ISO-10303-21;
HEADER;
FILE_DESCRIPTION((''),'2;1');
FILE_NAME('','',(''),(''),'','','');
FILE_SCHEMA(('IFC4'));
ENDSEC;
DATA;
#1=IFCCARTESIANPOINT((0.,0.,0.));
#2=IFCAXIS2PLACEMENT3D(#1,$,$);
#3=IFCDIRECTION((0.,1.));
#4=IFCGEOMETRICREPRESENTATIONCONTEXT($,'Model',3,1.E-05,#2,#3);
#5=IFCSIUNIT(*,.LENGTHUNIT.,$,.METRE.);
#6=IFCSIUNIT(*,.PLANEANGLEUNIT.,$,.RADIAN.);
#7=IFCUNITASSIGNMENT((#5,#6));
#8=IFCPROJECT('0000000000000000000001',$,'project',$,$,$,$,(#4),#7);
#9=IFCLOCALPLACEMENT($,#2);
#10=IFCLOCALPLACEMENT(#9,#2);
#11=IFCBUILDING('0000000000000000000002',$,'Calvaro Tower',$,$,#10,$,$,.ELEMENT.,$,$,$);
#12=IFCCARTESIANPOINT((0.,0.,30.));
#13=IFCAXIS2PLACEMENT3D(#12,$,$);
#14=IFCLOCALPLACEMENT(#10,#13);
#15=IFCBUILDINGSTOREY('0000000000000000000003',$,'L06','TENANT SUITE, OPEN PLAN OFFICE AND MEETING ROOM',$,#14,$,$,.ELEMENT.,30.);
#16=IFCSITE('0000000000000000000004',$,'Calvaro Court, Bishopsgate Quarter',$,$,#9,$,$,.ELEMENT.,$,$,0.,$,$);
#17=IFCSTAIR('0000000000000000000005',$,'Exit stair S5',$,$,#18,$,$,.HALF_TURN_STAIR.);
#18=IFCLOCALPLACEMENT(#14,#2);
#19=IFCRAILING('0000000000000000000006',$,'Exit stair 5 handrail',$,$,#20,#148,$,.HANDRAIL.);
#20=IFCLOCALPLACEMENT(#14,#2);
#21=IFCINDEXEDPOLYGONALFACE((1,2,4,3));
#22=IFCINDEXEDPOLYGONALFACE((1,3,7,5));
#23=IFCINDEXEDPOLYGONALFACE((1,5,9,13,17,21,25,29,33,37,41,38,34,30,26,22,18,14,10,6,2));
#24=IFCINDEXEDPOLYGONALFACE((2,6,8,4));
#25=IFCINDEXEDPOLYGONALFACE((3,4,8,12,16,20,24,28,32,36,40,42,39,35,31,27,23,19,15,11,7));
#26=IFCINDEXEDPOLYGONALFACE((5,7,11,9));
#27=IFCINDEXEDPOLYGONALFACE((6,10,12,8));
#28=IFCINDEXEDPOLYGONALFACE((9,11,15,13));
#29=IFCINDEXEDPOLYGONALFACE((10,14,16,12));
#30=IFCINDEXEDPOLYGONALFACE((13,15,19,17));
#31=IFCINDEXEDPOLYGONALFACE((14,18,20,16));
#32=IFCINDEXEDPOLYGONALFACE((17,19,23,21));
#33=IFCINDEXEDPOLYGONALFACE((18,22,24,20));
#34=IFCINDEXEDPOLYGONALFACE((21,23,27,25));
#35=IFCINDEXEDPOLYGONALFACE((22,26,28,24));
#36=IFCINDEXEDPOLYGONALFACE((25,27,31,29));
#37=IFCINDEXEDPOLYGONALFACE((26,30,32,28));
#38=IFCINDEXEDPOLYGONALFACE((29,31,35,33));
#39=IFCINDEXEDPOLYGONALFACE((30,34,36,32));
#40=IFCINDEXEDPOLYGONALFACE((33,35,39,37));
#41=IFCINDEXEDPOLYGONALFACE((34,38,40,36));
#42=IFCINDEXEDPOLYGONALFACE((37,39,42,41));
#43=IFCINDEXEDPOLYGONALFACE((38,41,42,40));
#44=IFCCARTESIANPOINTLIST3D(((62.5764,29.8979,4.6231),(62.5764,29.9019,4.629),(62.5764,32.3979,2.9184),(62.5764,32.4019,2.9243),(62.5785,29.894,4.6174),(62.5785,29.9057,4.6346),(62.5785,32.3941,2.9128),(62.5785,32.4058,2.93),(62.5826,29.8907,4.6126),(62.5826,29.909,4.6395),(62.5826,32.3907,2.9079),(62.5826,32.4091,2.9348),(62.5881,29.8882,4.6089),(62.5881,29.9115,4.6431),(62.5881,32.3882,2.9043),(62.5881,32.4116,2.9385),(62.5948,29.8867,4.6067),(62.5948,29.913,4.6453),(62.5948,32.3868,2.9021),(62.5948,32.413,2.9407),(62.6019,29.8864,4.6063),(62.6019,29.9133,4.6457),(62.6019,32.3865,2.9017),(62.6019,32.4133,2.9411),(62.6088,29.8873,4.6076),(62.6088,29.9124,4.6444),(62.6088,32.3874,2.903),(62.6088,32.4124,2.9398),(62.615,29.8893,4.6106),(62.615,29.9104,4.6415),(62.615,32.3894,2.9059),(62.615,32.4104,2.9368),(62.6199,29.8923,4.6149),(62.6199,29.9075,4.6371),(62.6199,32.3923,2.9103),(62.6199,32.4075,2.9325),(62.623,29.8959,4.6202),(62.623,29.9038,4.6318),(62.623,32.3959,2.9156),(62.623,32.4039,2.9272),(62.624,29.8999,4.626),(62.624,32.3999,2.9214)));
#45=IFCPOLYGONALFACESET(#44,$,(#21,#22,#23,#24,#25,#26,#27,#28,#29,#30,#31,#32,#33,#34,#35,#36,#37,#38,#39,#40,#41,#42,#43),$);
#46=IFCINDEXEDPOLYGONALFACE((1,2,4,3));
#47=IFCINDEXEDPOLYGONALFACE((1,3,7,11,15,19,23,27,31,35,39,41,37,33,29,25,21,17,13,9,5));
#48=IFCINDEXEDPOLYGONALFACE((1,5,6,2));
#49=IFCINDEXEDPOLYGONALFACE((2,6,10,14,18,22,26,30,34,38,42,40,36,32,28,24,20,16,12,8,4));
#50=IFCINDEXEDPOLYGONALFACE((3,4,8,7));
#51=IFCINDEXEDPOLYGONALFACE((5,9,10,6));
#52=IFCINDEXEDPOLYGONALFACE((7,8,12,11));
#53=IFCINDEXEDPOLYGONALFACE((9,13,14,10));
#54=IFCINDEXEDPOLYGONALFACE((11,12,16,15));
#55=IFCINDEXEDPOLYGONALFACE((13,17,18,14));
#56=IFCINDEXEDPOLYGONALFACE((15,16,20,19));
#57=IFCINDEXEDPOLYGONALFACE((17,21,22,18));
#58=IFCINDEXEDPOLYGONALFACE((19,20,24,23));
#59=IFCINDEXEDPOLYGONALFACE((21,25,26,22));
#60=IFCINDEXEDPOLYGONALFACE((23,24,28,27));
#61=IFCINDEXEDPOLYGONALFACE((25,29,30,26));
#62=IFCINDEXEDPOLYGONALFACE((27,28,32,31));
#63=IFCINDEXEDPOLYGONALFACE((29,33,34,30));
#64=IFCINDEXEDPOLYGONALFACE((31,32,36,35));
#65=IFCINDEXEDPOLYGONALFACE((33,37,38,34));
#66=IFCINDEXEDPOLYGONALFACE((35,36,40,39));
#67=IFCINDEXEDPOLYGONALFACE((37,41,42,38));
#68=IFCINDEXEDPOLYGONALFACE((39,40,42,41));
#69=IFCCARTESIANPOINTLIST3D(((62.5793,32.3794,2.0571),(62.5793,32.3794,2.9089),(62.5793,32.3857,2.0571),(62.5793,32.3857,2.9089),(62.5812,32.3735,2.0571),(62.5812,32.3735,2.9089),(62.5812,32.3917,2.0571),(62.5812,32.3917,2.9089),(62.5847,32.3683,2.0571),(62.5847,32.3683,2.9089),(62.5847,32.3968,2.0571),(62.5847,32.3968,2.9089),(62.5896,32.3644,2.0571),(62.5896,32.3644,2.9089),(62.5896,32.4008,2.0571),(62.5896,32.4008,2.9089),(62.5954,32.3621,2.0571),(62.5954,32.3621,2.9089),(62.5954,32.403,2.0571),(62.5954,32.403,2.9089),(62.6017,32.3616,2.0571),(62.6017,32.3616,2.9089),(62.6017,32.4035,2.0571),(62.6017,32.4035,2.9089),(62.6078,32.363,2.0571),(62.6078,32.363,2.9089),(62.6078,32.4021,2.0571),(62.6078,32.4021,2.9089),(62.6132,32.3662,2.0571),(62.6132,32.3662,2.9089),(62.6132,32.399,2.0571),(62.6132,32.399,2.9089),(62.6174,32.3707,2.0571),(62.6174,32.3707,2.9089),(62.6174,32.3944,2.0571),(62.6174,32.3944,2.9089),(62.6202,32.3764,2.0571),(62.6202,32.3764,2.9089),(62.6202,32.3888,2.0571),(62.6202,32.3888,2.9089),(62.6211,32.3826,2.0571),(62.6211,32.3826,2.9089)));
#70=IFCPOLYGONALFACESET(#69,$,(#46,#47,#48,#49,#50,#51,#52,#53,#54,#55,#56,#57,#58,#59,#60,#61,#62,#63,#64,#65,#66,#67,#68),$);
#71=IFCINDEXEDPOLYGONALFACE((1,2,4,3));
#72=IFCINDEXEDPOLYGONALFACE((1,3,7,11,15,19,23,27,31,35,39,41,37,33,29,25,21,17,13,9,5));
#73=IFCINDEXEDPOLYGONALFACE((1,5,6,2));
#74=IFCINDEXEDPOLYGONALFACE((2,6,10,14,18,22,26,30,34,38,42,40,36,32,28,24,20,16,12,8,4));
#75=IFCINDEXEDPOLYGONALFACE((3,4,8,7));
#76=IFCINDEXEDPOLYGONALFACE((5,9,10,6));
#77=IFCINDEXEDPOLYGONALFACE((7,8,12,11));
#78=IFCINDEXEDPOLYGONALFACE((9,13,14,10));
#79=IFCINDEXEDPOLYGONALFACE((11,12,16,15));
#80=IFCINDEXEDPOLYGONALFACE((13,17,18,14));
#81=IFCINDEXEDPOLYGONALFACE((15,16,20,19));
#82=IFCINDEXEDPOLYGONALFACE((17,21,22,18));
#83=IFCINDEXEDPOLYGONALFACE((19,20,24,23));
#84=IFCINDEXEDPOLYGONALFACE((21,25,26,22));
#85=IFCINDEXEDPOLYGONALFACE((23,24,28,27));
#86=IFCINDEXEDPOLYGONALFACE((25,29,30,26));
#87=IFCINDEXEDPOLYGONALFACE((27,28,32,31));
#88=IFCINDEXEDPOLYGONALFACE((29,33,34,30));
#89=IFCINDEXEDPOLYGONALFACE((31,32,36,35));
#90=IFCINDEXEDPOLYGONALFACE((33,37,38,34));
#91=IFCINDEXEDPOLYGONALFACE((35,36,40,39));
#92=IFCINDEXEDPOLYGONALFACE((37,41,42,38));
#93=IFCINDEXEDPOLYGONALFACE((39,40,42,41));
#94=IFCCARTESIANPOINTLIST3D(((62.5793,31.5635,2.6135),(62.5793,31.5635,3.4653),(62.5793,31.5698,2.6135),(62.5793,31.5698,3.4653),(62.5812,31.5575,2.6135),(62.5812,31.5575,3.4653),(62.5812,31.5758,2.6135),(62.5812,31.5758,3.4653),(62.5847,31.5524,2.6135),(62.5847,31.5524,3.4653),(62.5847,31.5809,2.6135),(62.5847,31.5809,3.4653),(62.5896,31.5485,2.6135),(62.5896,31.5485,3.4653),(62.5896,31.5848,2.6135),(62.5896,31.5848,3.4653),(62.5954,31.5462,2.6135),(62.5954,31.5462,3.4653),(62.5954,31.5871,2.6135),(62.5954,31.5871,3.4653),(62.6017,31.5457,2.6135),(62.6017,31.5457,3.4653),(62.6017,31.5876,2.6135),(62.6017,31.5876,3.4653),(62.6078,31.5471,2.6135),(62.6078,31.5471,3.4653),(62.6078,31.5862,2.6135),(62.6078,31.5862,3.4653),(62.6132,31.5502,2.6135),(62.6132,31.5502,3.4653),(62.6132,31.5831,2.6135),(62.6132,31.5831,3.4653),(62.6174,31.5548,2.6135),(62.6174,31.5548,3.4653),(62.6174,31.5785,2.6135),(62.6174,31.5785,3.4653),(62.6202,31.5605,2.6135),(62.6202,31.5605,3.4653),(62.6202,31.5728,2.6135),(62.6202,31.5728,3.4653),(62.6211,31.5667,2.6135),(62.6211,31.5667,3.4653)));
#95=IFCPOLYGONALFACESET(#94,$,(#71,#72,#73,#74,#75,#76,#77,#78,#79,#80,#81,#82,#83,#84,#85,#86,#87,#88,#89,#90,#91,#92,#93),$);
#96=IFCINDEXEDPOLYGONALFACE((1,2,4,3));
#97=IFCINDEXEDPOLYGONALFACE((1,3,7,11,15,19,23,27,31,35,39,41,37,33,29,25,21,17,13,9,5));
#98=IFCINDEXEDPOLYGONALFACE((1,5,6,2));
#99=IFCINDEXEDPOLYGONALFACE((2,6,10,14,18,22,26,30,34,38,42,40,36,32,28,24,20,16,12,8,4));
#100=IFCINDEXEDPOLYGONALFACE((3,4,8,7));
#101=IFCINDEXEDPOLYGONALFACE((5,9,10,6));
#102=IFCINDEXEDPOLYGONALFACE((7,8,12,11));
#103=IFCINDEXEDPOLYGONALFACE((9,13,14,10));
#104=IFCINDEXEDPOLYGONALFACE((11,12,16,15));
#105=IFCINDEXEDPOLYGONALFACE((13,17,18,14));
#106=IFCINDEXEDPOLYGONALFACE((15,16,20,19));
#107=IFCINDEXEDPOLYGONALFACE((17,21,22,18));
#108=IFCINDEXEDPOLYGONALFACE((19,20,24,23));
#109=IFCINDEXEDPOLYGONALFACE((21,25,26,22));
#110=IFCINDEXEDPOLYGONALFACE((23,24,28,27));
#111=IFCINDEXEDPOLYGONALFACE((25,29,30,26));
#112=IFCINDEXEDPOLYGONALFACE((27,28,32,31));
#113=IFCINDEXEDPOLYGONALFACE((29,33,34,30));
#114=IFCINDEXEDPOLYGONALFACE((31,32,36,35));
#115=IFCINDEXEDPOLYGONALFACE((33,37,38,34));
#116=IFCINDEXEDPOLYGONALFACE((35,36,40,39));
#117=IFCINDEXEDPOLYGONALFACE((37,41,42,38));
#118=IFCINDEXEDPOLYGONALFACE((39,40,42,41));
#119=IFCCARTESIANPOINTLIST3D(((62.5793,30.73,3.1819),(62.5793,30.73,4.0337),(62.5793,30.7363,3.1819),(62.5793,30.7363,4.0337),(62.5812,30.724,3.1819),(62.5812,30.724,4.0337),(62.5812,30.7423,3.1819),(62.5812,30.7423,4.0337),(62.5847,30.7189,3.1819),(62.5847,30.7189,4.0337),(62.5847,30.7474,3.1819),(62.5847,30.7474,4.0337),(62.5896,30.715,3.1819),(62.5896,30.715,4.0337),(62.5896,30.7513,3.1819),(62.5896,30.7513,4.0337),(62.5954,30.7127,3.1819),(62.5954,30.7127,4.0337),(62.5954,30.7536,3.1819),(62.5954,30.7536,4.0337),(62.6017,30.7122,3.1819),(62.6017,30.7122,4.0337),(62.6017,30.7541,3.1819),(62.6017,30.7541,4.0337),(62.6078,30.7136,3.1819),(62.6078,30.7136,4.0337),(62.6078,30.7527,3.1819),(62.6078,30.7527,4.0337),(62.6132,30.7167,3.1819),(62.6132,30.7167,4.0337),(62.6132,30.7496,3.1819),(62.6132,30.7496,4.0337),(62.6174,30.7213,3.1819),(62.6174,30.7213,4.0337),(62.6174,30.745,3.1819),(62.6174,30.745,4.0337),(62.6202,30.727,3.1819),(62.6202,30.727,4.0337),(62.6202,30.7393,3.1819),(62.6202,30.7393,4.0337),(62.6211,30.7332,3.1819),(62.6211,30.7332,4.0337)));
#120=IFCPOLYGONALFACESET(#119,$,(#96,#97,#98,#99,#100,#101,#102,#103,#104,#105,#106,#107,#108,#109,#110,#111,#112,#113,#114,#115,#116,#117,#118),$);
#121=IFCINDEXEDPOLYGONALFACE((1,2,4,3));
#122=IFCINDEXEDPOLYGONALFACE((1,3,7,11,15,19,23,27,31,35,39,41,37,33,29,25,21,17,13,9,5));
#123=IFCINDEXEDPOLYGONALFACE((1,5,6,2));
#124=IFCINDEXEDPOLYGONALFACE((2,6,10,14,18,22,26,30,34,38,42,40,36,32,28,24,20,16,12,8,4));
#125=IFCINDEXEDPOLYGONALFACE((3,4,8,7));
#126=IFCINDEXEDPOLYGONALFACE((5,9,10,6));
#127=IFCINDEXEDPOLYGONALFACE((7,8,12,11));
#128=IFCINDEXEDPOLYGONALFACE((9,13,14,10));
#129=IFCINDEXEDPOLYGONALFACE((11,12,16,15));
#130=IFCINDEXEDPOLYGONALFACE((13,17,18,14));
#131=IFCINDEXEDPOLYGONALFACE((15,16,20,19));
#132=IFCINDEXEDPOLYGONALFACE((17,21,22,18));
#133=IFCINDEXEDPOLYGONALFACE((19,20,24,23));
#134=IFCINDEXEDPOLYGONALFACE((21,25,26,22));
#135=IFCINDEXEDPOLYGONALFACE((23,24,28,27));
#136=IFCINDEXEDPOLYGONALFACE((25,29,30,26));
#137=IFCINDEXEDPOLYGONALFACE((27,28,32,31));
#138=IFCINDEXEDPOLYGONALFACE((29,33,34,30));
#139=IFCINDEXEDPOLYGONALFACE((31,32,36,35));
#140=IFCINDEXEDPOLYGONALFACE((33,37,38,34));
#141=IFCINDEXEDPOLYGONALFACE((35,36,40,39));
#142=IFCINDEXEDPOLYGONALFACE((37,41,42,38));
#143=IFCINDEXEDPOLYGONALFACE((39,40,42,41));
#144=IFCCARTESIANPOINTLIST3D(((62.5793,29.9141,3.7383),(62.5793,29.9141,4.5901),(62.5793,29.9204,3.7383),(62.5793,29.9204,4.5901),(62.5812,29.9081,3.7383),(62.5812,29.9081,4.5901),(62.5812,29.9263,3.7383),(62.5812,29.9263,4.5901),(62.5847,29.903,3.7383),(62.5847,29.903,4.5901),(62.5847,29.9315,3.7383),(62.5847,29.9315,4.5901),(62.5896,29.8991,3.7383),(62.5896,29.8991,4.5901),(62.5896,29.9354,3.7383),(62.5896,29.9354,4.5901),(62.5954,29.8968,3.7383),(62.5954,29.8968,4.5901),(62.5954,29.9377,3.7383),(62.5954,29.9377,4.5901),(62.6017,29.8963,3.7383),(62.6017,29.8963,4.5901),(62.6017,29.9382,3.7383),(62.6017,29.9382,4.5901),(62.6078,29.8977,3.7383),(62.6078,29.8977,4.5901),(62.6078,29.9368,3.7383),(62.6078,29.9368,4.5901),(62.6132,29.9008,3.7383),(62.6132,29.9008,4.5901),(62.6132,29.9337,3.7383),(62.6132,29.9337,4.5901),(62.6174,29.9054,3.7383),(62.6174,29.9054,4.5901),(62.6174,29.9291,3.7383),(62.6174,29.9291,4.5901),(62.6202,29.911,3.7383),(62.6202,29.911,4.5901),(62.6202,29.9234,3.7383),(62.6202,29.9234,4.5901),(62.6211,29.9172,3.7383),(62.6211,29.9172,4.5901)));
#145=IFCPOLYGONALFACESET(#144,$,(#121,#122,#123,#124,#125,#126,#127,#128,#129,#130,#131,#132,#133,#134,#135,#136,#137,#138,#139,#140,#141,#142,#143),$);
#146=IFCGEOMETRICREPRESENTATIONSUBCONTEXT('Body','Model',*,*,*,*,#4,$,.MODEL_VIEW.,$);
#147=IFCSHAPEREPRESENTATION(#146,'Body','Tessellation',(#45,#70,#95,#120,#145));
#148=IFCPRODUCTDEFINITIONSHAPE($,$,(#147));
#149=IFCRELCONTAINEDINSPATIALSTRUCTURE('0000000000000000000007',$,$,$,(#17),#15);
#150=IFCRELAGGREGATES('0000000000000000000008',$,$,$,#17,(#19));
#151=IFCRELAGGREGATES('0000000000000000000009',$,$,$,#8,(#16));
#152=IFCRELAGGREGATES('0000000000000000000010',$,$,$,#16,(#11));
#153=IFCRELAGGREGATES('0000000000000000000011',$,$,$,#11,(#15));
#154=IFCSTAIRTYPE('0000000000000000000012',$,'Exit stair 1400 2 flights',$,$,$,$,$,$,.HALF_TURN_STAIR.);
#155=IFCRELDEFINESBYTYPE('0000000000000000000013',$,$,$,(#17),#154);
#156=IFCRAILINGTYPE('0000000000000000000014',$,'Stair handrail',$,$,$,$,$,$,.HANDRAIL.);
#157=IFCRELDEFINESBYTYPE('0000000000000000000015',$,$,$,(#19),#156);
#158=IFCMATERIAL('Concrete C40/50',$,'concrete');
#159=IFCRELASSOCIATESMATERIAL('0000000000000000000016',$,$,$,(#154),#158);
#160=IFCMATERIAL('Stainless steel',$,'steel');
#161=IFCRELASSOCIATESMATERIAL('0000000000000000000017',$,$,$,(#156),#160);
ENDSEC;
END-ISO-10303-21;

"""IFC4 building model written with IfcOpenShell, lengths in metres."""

from ifc_helpers import new_model, si_unit, direction, frame, origin, origin_2d, place, context, subcontext, project, spatial, circle, extrude, material, type_object, element, aggregate, save


model = new_model("IFC4")

# Units and contexts
model_context = context("Model", 3, precision=1e-05, world=origin(), true_north=direction((0.0, 1.0)))
body_context = subcontext(model_context, "Body", "Model", "MODEL_VIEW")
ifc_project = project(units=[si_unit("LENGTHUNIT", "METRE"), si_unit("PLANEANGLEUNIT", "RADIAN")], contexts=[model_context])

# Site, building, storey
site_placement = place(None, origin())
site = spatial("IfcSite", under=ifc_project, at=site_placement, Name="Calvaro Court, Bishopsgate Quarter", CompositionType="ELEMENT", RefElevation=0.0)
building_placement = place(site_placement, origin())
building = spatial("IfcBuilding", under=site, at=building_placement, Name="Calvaro Tower", CompositionType="ELEMENT")
storey_placement = place(building_placement, frame((0.0, 0.0, 30.0)))
storey = spatial("IfcBuildingStorey", under=building, at=storey_placement, Name="L06", Description="TENANT SUITE, OPEN PLAN OFFICE AND MEETING ROOM", CompositionType="ELEMENT", Elevation=30.0)

# Stair
ifc_material_1 = material(Name="Concrete C40/50", Category="concrete")
stair_type = type_object("IfcStairType", Name="Exit stair 1400 2 flights", PredefinedType="HALF_TURN_STAIR", material=ifc_material_1)
stair_1_placement = place(storey_placement, origin())
stair_1 = element("IfcStair", 1, at=stair_1_placement, inside=storey, type_object=stair_type, Name="Exit stair S5", PredefinedType="HALF_TURN_STAIR")

# Shared definitions
ifc_material_2 = material(Name="Stainless steel", Category="steel")
railing_type = type_object("IfcRailingType", Name="Stair handrail", PredefinedType="HANDRAIL", material=ifc_material_2)

# Railing
railing_1_placement = place(storey_placement, frame((62.6001, 32.3999, 2.0454)))
railing_1 = element("IfcRailing", 2, at=railing_1_placement, type_object=railing_type, Name="Exit stair 5 handrail", PredefinedType="HANDRAIL", context=body_context, shape_type="SweptSolid", body=[
    extrude(circle(Radius=0.0239, at=origin_2d()), frame((0.0, 0.0, 0.876), z_axis=(0.0, -0.826221, 0.563347), x_axis=(1.0, 0.0, 0.0)), (0.0, 0.0, 1.0), 3.0259),
    extrude(circle(Radius=0.021, at=origin_2d()), frame((0.0, -0.0173, 0.0117)), (0.0, 0.0, 1.0), 0.8518),
    extrude(circle(Radius=0.021, at=origin_2d()), frame((0.0, -0.8333, 0.5681)), (0.0, 0.0, 1.0), 0.8518),
    extrude(circle(Radius=0.021, at=origin_2d()), frame((0.0, -1.6667, 1.1365)), (0.0, 0.0, 1.0), 0.8518),
    extrude(circle(Radius=0.021, at=origin_2d()), frame((0.0, -2.4827, 1.6929)), (0.0, 0.0, 1.0), 0.8518),
])
aggregate(stair_1, [railing_1])

save(model, "model.ifc")
